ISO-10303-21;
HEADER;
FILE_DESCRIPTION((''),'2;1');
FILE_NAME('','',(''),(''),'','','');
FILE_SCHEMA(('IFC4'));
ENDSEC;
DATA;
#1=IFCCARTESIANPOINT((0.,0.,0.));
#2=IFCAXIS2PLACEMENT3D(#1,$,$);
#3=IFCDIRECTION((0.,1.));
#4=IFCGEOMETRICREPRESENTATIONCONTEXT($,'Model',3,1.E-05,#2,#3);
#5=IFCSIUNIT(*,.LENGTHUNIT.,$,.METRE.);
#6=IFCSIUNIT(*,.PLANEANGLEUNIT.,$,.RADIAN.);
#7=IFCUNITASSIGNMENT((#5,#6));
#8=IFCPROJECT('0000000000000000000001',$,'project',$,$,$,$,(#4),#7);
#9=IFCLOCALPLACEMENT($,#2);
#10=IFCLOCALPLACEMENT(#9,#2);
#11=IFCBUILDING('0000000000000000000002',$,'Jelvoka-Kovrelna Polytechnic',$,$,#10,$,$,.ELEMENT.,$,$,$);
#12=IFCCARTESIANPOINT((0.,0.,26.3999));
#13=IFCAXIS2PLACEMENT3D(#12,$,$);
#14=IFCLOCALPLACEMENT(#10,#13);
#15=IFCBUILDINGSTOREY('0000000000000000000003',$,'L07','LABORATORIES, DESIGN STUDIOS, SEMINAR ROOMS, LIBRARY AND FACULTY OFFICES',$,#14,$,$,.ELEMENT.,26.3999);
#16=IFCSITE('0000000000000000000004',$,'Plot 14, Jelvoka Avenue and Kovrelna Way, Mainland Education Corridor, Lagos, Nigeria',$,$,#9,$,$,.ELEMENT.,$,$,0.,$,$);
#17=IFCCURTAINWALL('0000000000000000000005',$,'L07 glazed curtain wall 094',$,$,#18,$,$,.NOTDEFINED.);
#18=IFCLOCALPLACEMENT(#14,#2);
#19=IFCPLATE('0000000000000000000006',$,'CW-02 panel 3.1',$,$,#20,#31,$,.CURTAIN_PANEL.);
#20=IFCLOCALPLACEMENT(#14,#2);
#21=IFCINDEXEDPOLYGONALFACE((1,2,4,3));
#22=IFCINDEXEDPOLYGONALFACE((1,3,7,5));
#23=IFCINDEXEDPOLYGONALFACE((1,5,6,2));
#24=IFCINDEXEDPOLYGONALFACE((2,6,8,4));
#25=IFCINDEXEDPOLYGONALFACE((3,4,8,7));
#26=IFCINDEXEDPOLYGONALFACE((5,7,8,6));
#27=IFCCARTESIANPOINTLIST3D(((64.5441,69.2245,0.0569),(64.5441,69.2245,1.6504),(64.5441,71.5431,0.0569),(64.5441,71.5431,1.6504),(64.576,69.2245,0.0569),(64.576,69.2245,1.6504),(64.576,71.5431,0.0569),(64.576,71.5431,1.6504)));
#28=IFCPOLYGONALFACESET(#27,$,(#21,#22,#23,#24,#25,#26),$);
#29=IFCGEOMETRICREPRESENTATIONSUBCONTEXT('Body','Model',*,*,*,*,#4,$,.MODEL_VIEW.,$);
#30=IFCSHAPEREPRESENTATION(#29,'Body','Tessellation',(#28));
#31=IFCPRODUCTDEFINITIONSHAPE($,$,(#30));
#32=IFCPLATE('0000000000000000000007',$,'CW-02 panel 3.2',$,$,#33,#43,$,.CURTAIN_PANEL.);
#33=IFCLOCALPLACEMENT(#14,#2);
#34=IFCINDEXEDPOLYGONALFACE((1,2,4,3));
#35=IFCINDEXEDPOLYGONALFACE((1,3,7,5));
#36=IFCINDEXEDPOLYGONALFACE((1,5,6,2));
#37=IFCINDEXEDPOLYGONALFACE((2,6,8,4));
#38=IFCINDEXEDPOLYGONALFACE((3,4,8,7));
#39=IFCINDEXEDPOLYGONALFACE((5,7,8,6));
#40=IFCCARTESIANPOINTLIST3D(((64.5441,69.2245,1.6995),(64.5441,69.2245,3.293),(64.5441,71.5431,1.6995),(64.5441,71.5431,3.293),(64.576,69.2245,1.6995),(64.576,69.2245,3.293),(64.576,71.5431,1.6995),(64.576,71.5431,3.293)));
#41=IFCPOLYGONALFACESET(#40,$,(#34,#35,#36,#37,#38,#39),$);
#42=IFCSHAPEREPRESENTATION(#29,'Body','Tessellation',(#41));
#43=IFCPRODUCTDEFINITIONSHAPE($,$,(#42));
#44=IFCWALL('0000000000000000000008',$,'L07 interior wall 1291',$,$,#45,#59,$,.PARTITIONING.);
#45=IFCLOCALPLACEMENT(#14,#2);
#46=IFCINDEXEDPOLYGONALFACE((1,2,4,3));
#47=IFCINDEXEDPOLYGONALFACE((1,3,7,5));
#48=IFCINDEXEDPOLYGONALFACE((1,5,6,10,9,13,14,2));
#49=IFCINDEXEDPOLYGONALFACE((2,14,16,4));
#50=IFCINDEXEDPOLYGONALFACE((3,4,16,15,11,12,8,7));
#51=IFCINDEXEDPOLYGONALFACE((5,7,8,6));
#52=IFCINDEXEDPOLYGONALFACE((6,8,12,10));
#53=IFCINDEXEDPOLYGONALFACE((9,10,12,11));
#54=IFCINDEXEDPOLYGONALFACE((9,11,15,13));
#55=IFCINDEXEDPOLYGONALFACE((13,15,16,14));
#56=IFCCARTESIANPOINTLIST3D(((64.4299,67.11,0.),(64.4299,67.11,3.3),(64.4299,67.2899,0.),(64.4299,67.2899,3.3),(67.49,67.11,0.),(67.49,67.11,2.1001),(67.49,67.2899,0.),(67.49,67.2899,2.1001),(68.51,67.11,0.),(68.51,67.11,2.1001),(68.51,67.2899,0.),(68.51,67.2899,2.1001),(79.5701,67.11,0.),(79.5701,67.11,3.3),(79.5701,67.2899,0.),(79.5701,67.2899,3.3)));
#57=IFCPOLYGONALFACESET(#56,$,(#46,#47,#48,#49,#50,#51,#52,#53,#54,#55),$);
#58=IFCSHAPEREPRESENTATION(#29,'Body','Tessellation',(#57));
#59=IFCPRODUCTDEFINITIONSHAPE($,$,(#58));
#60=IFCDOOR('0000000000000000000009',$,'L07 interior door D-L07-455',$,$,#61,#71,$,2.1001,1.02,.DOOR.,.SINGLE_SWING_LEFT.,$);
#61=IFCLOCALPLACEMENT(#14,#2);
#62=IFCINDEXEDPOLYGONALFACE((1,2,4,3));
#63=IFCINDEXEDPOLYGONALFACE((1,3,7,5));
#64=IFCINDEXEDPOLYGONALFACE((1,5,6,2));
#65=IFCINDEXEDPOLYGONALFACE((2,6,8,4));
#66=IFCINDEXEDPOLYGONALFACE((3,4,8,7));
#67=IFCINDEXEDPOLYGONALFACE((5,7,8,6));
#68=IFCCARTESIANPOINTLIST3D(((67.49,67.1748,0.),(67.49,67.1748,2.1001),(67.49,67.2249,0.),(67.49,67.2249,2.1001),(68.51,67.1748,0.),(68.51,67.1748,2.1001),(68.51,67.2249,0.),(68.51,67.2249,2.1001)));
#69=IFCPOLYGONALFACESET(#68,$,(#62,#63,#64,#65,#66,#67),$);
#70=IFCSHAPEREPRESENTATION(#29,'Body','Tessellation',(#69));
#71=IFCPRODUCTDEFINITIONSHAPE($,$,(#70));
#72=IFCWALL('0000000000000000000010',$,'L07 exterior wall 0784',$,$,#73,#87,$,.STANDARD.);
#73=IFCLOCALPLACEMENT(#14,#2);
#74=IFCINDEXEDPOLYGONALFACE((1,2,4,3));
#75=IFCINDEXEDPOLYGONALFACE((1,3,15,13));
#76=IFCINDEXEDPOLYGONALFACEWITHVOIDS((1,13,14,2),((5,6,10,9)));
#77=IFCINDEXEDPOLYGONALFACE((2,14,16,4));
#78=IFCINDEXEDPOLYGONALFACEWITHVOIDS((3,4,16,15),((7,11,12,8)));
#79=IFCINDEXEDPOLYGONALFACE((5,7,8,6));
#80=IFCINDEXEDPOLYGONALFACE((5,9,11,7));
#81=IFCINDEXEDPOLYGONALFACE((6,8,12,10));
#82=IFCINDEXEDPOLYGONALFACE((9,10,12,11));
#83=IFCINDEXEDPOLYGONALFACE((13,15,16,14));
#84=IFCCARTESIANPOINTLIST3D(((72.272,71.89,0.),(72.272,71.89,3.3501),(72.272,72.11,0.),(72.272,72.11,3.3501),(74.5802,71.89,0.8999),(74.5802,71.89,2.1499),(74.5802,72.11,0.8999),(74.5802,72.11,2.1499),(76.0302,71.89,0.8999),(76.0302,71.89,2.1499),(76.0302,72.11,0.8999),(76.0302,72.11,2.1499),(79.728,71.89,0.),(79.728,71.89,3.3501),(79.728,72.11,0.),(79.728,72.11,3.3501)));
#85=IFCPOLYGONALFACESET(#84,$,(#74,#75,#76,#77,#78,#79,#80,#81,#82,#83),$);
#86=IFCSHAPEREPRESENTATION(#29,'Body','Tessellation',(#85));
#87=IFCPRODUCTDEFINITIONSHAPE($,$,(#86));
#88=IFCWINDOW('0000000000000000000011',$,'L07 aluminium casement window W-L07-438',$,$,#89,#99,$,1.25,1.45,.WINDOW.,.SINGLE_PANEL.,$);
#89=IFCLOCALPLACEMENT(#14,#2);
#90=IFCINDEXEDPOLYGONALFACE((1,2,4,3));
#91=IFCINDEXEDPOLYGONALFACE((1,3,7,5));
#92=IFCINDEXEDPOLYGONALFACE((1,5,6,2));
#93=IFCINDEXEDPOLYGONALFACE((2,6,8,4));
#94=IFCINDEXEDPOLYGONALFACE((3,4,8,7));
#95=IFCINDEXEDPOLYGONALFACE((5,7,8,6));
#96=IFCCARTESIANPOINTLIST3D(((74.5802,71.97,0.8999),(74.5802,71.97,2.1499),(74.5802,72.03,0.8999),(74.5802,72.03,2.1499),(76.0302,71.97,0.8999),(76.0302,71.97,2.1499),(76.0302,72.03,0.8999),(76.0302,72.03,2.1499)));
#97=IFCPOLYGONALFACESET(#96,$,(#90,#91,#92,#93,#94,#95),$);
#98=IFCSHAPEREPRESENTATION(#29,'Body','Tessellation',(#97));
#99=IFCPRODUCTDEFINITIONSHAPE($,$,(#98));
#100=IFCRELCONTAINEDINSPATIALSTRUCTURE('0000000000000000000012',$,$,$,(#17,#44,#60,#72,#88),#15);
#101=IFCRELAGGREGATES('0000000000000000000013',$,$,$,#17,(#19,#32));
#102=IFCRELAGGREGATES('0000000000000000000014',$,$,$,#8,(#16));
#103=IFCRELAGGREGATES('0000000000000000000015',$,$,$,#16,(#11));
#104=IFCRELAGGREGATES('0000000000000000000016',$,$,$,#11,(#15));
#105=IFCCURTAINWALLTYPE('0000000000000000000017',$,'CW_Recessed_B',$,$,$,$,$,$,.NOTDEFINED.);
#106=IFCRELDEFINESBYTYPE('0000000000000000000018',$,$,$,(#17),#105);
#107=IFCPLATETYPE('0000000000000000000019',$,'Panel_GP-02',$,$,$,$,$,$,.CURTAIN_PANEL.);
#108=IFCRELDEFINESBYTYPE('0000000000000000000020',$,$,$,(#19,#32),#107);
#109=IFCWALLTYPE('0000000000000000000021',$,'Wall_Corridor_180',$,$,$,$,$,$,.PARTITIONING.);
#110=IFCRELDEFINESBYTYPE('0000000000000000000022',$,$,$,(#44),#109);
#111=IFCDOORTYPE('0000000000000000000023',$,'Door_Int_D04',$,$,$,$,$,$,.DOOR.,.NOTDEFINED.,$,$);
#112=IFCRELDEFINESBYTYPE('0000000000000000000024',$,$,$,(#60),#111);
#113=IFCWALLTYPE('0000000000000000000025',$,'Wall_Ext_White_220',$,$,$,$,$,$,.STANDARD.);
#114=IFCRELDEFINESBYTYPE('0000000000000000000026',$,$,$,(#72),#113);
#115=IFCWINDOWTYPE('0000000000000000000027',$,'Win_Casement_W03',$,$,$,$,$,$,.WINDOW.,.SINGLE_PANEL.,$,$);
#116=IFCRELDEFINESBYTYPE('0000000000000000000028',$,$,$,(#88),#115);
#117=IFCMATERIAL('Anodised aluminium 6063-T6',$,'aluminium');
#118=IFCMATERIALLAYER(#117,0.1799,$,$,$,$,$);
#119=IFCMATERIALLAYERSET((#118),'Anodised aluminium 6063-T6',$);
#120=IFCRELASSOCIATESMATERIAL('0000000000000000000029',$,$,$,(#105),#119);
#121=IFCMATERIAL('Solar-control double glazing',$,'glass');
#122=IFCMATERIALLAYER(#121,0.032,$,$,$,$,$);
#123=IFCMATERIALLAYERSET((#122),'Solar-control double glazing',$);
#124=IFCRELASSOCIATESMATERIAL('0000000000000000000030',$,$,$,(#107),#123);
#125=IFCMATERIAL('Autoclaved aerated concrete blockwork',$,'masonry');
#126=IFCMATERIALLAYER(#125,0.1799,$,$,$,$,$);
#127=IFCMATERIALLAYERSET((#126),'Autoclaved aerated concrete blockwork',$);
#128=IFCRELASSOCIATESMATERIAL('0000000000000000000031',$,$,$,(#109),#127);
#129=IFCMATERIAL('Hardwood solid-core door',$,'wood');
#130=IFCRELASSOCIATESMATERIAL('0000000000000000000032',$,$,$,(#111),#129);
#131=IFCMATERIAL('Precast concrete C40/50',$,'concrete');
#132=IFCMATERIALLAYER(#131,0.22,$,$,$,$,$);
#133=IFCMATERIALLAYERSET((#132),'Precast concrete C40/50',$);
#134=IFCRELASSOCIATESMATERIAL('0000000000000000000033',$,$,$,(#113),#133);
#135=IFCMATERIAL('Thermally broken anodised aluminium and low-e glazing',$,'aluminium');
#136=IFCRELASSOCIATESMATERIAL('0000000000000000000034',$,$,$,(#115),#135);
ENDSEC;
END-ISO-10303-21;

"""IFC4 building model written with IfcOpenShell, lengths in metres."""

from ifc_helpers import new_model, si_unit, direction, frame, frame_2d, origin, origin_2d, place, context, subcontext, project, spatial, rectangle, extrude, material, layer, layer_set, type_object, element, fill, aggregate, save


model = new_model("IFC4")

# Units and contexts
model_context = context("Model", 3, precision=1e-05, world=origin(), true_north=direction((0.0, 1.0)))
body_context = subcontext(model_context, "Body", "Model", "MODEL_VIEW")
ifc_project = project(units=[si_unit("LENGTHUNIT", "METRE"), si_unit("PLANEANGLEUNIT", "RADIAN")], contexts=[model_context])

# Site, building, storey
site_placement = place(None, origin())
site = spatial("IfcSite", under=ifc_project, at=site_placement, Name="Plot 14, Jelvoka Avenue and Kovrelna Way, Mainland Education Corridor, Lagos, Nigeria", CompositionType="ELEMENT", RefElevation=0.0)
building_placement = place(site_placement, origin())
building = spatial("IfcBuilding", under=site, at=building_placement, Name="Jelvoka-Kovrelna Polytechnic", CompositionType="ELEMENT")
storey_placement = place(building_placement, frame((0.0, 0.0, 26.3999)))
storey = spatial("IfcBuildingStorey", under=building, at=storey_placement, Name="L07", Description="LABORATORIES, DESIGN STUDIOS, SEMINAR ROOMS, LIBRARY AND FACULTY OFFICES", CompositionType="ELEMENT", Elevation=26.3999)

# Curtain wall, plates
ifc_material_1 = material(Name="Anodised aluminium 6063-T6", Category="aluminium")
ifc_layer_1 = layer(ifc_material_1, 0.1799)
ifc_layer_set_1 = layer_set([ifc_layer_1], Name="Anodised aluminium 6063-T6")
curtain_wall_type = type_object("IfcCurtainWallType", Name="CW_Recessed_B", PredefinedType="NOTDEFINED", material=ifc_layer_set_1)
curtain_wall_placement = place(storey_placement, origin())
curtain_wall = element("IfcCurtainWall", 1, at=curtain_wall_placement, inside=storey, type_object=curtain_wall_type, Name="L07 glazed curtain wall 094", PredefinedType="NOTDEFINED")
ifc_material_2 = material(Name="Solar-control double glazing", Category="glass")
ifc_layer_2 = layer(ifc_material_2, 0.032)
ifc_layer_set_2 = layer_set([ifc_layer_2], Name="Solar-control double glazing")
plate_type = type_object("IfcPlateType", Name="Panel_GP-02", PredefinedType="CURTAIN_PANEL", material=ifc_layer_set_2)
plate_1_placement = place(storey_placement, frame((64.5601, 70.3838, 0.0569), z_axis=(0.0, 0.0, 1.0), x_axis=(0.0, 1.0, 0.0)))
plate_1 = element("IfcPlate", 2, at=plate_1_placement, type_object=plate_type, Name="CW-02 panel 3.1", PredefinedType="CURTAIN_PANEL", context=body_context, shape_type="SweptSolid", body=[
    extrude(rectangle(XDim=2.3186, YDim=0.032, at=origin_2d()), origin(), (0.0, 0.0, 1.0), 1.5935),
])
plate_2_placement = place(storey_placement, frame((64.5601, 70.3838, 1.6995), z_axis=(0.0, 0.0, 1.0), x_axis=(0.0, 1.0, 0.0)))
plate_2 = element("IfcPlate", 3, at=plate_2_placement, type_object=plate_type, Name="CW-02 panel 3.2", PredefinedType="CURTAIN_PANEL", context=body_context, shape_type="SweptSolid", body=[
    extrude(rectangle(XDim=2.3186, YDim=0.032, at=origin_2d()), origin(), (0.0, 0.0, 1.0), 1.5935),
])
aggregate(curtain_wall, [plate_1, plate_2])

# Wall, opening, door
ifc_material_3 = material(Name="Autoclaved aerated concrete blockwork", Category="masonry")
ifc_layer_3 = layer(ifc_material_3, 0.1799)
ifc_layer_set_3 = layer_set([ifc_layer_3], Name="Autoclaved aerated concrete blockwork")
wall_type_1 = type_object("IfcWallType", Name="Wall_Corridor_180", PredefinedType="PARTITIONING", material=ifc_layer_set_3)
wall_1_placement = place(storey_placement, frame((64.4299, 67.2, 0.0), z_axis=(0.0, 0.0, 1.0), x_axis=(1.0, 0.0, 0.0)))
wall_1 = element("IfcWall", 4, at=wall_1_placement, inside=storey, type_object=wall_type_1, Name="L07 interior wall 1291", PredefinedType="PARTITIONING", context=body_context, shape_type="SweptSolid", body=[
    extrude(rectangle(XDim=15.1401, YDim=0.1799, at=frame_2d((7.5701, 0.0))), origin(), (0.0, 0.0, 1.0), 3.3),
])
opening_1_placement = place(wall_1_placement, frame((3.0601, 0.0, 0.0)))
opening_1 = element("IfcOpeningElement", 5, at=opening_1_placement, cuts=wall_1, PredefinedType="OPENING", context=body_context, shape_type="SweptSolid", body=[
    extrude(rectangle(XDim=1.02, YDim=2.1001, at=frame_2d((0.51, 1.05))), frame((0.0, 0.0999, 0.0), z_axis=(0.0, -1.0, 0.0), x_axis=(1.0, 0.0, 0.0)), (0.0, 0.0, 1.0), 0.2),
])
ifc_material_4 = material(Name="Hardwood solid-core door", Category="wood")
door_type = type_object("IfcDoorType", Name="Door_Int_D04", OperationType="NOTDEFINED", PredefinedType="DOOR", material=ifc_material_4)
door_placement = place(opening_1_placement, origin())
door = element("IfcDoor", 6, at=door_placement, inside=storey, type_object=door_type, Name="L07 interior door D-L07-455", OperationType="SINGLE_SWING_LEFT", OverallHeight=2.1001, OverallWidth=1.02, PredefinedType="DOOR", context=body_context, shape_type="SweptSolid", body=[
    extrude(rectangle(XDim=1.02, YDim=2.1001, at=frame_2d((0.51, 1.05))), frame((0.0, 0.0249, 0.0), z_axis=(0.0, -1.0, 0.0), x_axis=(1.0, 0.0, 0.0)), (0.0, 0.0, 1.0), 0.05),
])
fill(opening_1, door)

# Wall, opening, window
ifc_material_5 = material(Name="Precast concrete C40/50", Category="concrete")
ifc_layer_4 = layer(ifc_material_5, 0.22)
ifc_layer_set_4 = layer_set([ifc_layer_4], Name="Precast concrete C40/50")
wall_type_2 = type_object("IfcWallType", Name="Wall_Ext_White_220", PredefinedType="STANDARD", material=ifc_layer_set_4)
wall_2_placement = place(storey_placement, frame((72.272, 72.0, 0.0), z_axis=(0.0, 0.0, 1.0), x_axis=(1.0, 0.0, 0.0)))
wall_2 = element("IfcWall", 7, at=wall_2_placement, inside=storey, type_object=wall_type_2, Name="L07 exterior wall 0784", PredefinedType="STANDARD", context=body_context, shape_type="SweptSolid", body=[
    extrude(rectangle(XDim=7.4561, YDim=0.22, at=frame_2d((3.728, 0.0))), origin(), (0.0, 0.0, 1.0), 3.3501),
])
opening_2_placement = place(wall_2_placement, frame((2.3081, 0.0, 0.8999)))
opening_2 = element("IfcOpeningElement", 8, at=opening_2_placement, cuts=wall_2, PredefinedType="OPENING", context=body_context, shape_type="SweptSolid", body=[
    extrude(rectangle(XDim=1.45, YDim=1.25, at=frame_2d((0.7251, 0.625))), frame((0.0, 0.1199, 0.0), z_axis=(0.0, -1.0, 0.0), x_axis=(1.0, 0.0, 0.0)), (0.0, 0.0, 1.0), 0.24),
])
ifc_material_6 = material(Name="Thermally broken anodised aluminium and low-e glazing", Category="aluminium")
window_type = type_object("IfcWindowType", Name="Win_Casement_W03", PartitioningType="SINGLE_PANEL", PredefinedType="WINDOW", material=ifc_material_6)
window_placement = place(opening_2_placement, origin())
window = element("IfcWindow", 9, at=window_placement, inside=storey, type_object=window_type, Name="L07 aluminium casement window W-L07-438", OverallHeight=1.25, OverallWidth=1.45, PartitioningType="SINGLE_PANEL", PredefinedType="WINDOW", context=body_context, shape_type="SweptSolid", body=[
    extrude(rectangle(XDim=1.45, YDim=1.25, at=frame_2d((0.7251, 0.625))), frame((0.0, 0.03, 0.0), z_axis=(0.0, -1.0, 0.0), x_axis=(1.0, 0.0, 0.0)), (0.0, 0.0, 1.0), 0.0601),
])
fill(opening_2, window)

save(model, "model.ifc")
